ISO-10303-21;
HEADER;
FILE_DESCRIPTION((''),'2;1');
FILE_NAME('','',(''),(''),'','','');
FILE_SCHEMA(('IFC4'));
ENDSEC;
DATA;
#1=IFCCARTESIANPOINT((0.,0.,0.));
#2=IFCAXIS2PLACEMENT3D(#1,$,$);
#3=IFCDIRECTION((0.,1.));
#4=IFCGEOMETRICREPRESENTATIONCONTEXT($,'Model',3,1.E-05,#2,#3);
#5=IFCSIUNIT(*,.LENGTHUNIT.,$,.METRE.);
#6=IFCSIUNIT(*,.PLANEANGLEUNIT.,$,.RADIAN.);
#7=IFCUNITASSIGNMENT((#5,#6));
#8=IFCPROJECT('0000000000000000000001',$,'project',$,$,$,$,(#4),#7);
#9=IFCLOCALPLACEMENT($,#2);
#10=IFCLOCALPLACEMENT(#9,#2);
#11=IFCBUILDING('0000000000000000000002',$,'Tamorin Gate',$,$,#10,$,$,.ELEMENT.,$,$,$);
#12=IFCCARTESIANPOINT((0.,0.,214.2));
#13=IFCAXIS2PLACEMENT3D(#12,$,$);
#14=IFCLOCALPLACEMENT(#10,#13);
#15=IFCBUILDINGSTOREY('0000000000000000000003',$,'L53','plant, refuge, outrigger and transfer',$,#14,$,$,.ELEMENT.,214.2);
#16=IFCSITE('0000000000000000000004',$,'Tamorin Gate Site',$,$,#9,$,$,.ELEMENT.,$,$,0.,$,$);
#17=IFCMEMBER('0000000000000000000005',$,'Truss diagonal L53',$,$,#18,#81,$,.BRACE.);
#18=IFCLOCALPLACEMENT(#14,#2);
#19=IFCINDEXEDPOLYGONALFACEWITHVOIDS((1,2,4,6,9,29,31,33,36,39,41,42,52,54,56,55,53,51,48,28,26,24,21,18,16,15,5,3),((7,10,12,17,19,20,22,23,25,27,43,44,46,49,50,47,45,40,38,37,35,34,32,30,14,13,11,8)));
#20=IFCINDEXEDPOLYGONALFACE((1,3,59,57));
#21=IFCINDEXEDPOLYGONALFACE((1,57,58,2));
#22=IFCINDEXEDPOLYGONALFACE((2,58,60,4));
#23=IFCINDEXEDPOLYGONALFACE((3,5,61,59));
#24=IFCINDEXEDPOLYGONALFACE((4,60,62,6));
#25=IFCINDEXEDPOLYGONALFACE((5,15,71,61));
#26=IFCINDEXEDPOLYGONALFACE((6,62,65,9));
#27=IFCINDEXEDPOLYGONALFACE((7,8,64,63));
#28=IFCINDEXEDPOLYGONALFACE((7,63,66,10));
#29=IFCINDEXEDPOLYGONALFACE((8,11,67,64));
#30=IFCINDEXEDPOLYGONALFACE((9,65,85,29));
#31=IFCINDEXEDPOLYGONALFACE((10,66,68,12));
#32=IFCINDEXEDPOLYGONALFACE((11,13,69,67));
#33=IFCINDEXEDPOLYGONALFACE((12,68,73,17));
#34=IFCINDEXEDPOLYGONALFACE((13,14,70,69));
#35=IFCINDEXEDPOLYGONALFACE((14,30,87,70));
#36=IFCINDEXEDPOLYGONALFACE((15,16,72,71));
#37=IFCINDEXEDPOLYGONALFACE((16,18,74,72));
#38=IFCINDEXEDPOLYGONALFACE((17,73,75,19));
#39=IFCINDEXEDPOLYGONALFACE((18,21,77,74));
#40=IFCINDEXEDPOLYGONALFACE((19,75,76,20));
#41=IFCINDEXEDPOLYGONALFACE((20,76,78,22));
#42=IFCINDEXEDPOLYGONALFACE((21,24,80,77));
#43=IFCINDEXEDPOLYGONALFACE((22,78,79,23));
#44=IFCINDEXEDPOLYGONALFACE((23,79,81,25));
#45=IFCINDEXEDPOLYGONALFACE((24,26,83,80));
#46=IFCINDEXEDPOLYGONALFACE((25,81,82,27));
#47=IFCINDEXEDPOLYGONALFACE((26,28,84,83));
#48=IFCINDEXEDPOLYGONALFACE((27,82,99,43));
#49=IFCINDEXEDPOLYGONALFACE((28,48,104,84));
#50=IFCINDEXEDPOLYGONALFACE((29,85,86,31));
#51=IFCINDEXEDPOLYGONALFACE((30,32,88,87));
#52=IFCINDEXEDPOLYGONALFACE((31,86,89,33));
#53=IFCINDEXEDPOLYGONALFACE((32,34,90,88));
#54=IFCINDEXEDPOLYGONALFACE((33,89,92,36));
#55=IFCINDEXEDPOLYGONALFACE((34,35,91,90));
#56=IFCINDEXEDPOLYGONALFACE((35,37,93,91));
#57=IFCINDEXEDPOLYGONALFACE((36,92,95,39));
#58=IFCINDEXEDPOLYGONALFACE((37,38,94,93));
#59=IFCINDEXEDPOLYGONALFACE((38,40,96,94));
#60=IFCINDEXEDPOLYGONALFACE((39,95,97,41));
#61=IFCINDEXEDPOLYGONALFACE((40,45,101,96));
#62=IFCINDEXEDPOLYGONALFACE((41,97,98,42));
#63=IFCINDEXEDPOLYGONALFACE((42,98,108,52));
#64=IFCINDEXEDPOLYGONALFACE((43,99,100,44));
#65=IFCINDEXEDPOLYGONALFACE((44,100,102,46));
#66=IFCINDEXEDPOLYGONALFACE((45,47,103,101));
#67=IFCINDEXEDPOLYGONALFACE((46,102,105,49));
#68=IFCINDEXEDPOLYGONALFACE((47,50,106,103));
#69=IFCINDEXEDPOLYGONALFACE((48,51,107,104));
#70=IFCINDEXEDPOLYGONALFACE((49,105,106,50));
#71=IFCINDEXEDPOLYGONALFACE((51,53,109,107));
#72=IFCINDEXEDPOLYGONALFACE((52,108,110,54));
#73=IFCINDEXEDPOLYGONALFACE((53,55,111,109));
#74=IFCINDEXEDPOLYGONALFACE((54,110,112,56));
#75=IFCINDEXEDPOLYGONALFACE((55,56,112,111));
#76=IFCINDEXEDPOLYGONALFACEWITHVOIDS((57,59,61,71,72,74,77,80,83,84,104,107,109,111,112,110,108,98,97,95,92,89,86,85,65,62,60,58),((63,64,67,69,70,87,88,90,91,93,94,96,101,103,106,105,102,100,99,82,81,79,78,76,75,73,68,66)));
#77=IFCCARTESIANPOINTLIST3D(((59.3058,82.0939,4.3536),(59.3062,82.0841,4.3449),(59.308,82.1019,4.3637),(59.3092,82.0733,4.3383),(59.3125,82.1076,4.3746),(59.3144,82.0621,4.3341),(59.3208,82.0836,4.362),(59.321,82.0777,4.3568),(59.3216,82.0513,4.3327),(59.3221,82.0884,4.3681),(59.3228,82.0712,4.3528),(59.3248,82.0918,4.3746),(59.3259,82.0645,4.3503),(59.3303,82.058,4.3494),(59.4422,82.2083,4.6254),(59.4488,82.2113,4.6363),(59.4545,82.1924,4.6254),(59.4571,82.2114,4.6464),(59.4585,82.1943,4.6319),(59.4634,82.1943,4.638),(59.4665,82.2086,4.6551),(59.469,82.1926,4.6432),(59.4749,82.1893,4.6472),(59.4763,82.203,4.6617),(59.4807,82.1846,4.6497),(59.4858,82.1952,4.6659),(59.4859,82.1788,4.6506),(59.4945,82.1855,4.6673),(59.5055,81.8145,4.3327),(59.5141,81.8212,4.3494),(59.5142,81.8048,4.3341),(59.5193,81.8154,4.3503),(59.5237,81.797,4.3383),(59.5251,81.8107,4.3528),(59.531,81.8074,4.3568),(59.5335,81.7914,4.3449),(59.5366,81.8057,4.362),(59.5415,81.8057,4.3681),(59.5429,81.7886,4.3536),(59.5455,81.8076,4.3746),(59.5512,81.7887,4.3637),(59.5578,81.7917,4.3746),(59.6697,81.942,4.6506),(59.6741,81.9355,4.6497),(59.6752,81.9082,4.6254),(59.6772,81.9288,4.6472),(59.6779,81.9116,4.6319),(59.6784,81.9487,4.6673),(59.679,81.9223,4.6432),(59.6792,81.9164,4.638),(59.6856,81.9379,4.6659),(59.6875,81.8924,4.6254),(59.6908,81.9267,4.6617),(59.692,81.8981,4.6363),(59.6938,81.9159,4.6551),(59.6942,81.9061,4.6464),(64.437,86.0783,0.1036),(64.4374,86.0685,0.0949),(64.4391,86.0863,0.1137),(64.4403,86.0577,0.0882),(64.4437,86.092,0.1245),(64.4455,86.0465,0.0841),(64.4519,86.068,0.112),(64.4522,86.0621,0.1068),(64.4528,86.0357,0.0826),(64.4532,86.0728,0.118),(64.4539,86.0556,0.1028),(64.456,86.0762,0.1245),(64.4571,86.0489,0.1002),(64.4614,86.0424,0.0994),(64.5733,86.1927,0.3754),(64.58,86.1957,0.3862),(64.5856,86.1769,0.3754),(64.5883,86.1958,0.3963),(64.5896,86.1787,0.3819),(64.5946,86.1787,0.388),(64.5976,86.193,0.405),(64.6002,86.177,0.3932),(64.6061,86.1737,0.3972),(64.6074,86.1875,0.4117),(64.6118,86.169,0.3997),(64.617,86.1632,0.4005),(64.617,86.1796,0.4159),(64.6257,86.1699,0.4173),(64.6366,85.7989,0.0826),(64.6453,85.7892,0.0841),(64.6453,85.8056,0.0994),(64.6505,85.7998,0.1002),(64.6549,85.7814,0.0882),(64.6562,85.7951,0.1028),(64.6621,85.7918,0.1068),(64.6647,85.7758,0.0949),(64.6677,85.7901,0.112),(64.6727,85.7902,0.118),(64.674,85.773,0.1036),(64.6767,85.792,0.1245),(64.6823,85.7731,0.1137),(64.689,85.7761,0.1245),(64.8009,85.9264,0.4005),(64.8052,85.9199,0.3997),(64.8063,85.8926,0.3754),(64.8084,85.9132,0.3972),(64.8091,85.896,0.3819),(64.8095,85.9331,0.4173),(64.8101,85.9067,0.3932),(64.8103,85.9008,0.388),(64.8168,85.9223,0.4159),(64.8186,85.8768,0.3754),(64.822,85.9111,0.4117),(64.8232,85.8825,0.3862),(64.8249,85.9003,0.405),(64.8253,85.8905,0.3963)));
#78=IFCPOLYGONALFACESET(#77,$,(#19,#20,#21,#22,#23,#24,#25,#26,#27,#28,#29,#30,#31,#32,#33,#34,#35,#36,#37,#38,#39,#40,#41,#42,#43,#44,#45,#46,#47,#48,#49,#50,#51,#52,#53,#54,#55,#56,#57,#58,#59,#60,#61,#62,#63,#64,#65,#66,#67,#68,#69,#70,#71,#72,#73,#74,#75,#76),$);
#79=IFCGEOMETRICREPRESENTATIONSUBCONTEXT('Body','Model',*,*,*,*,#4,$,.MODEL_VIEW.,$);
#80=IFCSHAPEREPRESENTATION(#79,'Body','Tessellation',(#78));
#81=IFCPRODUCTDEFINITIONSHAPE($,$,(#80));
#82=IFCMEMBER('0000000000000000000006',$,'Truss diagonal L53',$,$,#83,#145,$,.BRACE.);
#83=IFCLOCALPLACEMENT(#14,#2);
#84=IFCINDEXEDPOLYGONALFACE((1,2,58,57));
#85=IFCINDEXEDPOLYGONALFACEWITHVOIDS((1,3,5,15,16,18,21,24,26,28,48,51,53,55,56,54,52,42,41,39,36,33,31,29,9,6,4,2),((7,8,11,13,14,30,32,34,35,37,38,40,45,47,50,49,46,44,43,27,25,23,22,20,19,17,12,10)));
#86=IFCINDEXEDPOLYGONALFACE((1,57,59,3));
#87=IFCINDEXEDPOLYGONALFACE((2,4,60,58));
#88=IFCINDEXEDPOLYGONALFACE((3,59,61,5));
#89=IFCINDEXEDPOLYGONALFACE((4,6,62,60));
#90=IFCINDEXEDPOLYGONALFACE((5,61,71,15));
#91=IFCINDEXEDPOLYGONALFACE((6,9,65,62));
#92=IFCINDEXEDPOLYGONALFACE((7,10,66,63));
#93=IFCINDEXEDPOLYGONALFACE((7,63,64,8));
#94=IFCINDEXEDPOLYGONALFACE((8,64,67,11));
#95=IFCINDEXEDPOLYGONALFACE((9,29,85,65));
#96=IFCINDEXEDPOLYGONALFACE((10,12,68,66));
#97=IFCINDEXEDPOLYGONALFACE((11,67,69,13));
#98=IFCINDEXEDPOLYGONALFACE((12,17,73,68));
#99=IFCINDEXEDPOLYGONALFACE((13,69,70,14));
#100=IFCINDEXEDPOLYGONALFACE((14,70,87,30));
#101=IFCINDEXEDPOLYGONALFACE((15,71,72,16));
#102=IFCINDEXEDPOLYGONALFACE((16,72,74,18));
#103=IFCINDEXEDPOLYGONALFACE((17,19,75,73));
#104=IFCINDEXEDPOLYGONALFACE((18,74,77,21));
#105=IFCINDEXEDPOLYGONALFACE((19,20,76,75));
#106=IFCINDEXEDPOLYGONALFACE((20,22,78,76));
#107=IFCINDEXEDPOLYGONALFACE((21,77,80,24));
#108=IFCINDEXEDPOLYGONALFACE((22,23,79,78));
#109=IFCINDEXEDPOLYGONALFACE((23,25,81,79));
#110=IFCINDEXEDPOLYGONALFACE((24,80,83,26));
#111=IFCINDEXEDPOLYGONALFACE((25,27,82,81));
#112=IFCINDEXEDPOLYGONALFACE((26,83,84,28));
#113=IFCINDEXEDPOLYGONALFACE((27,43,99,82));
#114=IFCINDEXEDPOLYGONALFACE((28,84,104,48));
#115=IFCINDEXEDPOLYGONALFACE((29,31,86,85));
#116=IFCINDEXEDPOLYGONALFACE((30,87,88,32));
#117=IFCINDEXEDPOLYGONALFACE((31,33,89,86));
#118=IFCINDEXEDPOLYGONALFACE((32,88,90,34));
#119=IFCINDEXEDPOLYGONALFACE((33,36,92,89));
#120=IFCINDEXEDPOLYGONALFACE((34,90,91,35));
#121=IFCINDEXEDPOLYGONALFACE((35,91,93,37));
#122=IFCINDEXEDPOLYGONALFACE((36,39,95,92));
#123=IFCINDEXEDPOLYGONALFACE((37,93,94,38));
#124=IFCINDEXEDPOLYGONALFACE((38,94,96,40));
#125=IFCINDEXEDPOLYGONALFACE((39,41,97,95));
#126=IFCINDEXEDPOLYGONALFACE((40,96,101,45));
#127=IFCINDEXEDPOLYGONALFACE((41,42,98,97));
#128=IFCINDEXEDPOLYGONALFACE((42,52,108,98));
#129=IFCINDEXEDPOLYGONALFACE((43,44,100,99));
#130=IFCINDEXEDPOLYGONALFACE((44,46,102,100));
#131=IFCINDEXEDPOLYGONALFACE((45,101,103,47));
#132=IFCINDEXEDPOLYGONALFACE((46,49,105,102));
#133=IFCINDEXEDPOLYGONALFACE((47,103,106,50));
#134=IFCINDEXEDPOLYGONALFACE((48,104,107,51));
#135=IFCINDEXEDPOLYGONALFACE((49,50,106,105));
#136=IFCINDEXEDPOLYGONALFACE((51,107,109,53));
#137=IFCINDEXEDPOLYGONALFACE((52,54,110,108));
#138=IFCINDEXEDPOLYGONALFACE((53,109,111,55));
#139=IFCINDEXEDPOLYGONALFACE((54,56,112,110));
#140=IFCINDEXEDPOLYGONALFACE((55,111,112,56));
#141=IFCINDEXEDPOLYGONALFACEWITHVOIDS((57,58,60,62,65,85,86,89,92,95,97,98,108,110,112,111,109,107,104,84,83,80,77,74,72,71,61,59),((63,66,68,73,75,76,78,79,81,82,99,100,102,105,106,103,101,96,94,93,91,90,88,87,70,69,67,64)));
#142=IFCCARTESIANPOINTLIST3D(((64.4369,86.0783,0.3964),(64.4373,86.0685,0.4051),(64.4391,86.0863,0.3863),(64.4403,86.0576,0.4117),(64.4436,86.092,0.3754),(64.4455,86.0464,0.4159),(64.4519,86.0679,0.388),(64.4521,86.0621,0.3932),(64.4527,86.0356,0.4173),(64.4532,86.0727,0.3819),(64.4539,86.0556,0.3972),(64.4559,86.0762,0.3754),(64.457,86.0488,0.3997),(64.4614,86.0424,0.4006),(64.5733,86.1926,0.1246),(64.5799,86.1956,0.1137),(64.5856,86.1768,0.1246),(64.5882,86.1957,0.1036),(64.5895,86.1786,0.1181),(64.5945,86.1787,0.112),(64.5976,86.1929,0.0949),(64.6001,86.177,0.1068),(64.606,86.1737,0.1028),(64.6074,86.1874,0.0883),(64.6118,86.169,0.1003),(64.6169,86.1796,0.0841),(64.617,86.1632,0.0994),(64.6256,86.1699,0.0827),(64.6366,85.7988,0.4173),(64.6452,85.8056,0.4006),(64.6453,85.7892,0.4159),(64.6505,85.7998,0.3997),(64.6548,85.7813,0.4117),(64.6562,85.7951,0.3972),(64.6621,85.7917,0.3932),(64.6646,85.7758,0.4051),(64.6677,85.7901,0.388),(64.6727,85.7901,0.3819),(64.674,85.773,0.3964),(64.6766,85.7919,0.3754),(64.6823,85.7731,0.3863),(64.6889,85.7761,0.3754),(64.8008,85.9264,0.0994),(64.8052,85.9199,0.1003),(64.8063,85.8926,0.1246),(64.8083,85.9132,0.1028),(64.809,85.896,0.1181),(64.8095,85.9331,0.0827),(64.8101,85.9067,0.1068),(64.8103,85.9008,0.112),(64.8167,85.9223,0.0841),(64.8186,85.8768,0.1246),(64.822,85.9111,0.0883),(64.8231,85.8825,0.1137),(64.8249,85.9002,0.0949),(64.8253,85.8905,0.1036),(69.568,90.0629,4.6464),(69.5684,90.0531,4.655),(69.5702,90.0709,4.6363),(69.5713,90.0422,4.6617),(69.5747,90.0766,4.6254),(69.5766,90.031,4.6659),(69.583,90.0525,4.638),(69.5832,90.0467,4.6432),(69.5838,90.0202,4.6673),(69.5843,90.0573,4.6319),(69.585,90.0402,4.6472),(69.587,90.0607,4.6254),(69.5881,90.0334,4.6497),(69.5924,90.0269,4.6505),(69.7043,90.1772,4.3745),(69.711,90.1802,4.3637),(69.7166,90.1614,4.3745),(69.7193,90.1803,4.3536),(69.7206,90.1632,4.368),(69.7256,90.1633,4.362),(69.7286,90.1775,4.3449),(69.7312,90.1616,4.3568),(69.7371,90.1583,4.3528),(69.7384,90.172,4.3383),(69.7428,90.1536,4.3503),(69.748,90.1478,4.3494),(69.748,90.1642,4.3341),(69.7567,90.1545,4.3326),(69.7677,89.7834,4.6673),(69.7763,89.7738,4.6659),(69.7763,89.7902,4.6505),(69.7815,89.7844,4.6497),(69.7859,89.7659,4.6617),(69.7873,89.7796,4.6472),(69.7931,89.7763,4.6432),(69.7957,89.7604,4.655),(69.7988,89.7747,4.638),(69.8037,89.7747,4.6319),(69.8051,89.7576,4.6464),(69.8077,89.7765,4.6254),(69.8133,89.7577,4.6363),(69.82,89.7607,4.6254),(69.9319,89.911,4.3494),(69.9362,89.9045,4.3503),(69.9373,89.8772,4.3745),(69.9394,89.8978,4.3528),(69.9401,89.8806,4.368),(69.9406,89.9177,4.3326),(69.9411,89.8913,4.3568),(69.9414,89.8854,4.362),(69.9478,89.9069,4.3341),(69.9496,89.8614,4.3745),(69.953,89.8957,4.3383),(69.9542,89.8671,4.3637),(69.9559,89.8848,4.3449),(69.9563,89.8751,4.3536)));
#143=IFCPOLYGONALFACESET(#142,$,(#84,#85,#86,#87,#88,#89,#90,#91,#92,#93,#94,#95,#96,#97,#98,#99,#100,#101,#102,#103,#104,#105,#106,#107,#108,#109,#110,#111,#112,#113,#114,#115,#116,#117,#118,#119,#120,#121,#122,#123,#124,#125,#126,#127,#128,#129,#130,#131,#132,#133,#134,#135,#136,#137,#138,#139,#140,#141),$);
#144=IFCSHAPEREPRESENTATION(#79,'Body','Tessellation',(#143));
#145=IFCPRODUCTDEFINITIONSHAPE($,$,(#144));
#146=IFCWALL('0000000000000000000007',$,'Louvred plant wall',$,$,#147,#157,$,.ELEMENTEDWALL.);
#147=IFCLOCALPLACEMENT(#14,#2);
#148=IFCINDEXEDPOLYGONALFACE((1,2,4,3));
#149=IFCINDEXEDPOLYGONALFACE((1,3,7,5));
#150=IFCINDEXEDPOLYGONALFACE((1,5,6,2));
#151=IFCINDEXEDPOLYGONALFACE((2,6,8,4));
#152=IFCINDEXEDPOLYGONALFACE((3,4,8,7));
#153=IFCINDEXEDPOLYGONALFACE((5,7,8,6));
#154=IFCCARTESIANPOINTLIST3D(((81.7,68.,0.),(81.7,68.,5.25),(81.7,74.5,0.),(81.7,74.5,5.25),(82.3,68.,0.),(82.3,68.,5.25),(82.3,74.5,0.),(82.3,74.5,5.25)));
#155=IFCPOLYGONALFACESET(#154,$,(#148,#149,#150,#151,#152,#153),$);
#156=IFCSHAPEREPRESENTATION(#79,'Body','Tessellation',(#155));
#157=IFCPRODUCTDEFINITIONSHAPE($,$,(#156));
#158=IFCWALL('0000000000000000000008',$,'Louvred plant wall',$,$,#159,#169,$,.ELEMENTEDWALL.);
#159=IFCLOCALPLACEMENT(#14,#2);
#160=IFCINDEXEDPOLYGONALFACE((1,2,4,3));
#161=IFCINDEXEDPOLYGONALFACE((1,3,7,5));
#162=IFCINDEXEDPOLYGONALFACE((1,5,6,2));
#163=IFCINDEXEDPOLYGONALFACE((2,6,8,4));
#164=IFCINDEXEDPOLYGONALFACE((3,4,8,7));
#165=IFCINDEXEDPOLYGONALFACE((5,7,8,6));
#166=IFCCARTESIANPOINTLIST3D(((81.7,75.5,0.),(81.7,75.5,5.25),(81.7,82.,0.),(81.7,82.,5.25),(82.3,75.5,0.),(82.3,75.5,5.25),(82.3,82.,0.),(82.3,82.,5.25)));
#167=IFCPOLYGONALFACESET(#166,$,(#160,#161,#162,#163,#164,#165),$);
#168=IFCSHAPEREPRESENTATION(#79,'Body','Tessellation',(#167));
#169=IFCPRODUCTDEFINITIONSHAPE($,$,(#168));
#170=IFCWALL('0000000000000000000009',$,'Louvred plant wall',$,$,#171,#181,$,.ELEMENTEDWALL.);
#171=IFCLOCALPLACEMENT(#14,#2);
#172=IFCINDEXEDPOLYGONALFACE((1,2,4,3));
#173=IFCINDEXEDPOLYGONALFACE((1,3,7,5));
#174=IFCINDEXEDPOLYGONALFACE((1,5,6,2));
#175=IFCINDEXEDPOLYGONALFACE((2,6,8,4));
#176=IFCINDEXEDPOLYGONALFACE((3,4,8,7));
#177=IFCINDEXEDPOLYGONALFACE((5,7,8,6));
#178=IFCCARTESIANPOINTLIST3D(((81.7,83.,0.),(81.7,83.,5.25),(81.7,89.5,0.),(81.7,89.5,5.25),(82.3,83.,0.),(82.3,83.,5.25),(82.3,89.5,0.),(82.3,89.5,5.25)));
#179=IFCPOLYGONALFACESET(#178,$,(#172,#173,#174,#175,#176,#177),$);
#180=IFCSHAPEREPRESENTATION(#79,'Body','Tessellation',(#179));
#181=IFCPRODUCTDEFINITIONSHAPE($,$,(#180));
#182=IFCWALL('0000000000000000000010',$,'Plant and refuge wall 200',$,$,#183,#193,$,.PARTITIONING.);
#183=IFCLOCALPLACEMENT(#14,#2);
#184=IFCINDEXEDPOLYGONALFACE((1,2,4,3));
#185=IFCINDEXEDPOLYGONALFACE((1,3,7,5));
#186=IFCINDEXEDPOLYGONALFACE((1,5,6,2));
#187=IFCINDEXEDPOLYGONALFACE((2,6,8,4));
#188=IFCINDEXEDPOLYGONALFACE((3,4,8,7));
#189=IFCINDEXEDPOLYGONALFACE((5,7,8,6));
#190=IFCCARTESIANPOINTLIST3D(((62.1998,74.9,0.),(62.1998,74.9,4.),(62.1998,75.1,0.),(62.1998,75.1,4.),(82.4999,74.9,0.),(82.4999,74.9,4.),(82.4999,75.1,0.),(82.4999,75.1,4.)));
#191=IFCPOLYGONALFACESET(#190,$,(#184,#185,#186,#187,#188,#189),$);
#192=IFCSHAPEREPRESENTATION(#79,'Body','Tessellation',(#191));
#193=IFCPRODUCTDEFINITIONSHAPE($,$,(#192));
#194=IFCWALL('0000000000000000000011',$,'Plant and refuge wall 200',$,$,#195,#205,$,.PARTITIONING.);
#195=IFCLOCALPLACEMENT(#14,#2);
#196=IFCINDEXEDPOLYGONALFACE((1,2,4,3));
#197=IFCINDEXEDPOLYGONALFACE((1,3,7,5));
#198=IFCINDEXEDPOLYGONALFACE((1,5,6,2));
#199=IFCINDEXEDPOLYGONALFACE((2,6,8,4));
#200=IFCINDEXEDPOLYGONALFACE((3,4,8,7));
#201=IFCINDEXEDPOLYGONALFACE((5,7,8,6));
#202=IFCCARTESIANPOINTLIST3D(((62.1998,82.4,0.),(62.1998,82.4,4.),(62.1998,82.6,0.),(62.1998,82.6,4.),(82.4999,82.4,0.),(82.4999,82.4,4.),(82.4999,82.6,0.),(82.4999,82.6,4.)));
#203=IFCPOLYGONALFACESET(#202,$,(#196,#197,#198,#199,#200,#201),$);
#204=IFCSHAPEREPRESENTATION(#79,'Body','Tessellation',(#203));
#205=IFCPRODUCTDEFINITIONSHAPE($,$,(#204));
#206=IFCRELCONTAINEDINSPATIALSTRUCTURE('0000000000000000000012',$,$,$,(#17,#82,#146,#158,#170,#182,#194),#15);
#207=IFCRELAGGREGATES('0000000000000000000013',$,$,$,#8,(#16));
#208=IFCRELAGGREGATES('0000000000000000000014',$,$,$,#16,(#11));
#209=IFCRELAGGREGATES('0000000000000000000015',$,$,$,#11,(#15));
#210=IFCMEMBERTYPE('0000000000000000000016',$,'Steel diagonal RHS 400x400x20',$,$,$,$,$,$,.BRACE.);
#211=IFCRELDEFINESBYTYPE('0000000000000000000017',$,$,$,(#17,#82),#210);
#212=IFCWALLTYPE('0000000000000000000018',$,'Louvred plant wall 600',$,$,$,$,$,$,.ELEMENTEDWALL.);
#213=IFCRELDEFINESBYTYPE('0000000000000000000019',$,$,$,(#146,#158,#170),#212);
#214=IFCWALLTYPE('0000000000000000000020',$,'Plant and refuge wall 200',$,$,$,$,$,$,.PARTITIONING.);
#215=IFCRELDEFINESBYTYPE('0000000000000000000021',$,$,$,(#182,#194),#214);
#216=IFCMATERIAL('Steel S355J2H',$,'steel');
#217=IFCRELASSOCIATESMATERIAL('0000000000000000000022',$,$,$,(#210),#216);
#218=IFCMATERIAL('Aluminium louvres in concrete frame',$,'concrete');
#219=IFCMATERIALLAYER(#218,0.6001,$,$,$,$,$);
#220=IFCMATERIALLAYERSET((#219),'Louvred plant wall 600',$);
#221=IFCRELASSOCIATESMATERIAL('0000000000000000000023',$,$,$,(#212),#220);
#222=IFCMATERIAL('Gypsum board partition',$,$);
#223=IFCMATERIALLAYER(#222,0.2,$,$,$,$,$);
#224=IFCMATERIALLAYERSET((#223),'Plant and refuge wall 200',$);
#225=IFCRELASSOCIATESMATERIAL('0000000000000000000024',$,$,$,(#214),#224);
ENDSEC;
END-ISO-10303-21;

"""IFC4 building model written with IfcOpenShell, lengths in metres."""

from ifc_helpers import new_model, si_unit, direction, frame, frame_2d, origin, origin_2d, place, context, subcontext, project, spatial, rectangle, hollow_rectangle, extrude, material, layer, layer_set, material_profile, profile_set, type_object, element, save


model = new_model("IFC4")

# Units and contexts
model_context = context("Model", 3, precision=1e-05, world=origin(), true_north=direction((0.0, 1.0)))
body_context = subcontext(model_context, "Body", "Model", "MODEL_VIEW")
ifc_project = project(units=[si_unit("LENGTHUNIT", "METRE"), si_unit("PLANEANGLEUNIT", "RADIAN")], contexts=[model_context])

# Site, building, storey
site_placement = place(None, origin())
site = spatial("IfcSite", under=ifc_project, at=site_placement, Name="Tamorin Gate Site", CompositionType="ELEMENT", RefElevation=0.0)
building_placement = place(site_placement, origin())
building = spatial("IfcBuilding", under=site, at=building_placement, Name="Tamorin Gate", CompositionType="ELEMENT")
storey_placement = place(building_placement, frame((0.0, 0.0, 214.2)))
storey = spatial("IfcBuildingStorey", under=building, at=storey_placement, Name="L53", Description="plant, refuge, outrigger and transfer", CompositionType="ELEMENT", Elevation=214.2)

# Members
ifc_material_1 = material(Name="Steel S355J2H", Category="steel")
ifc_material_profile_1 = material_profile(ifc_material_1, hollow_rectangle(XDim=0.3999, YDim=0.3999, WallThickness=0.02, InnerFilletRadius=0.03, OuterFilletRadius=0.05, at=origin_2d()), Name="RHS 400x400x20")
ifc_profile_set_1 = profile_set([ifc_material_profile_1], Name="Steel S355J2H")
member_type_1 = type_object("IfcMemberType", Name="Steel diagonal RHS 400x400x20", PredefinedType="BRACE", material=ifc_profile_set_1)
for number, where, z_axis, x_axis, name in (
    (1, (59.5, 82.0, 4.5), (0.660959, 0.513244, -0.547461), (-0.613319, 0.789836, 0.0), "Truss diagonal L53"),
    (2, (64.6311, 85.9844, 0.25), (0.660949, 0.513267, 0.547452), (-0.613342, 0.789817, 0.0), "Truss diagonal L53"),
):
    element("IfcMember", number, at=place(storey_placement, frame(where, z_axis=z_axis, x_axis=x_axis)), inside=storey, type_object=member_type_1, Name=name, PredefinedType="BRACE", context=body_context, shape_type="SweptSolid", body=[
        extrude(hollow_rectangle(XDim=0.3999, YDim=0.3999, WallThickness=0.02, InnerFilletRadius=0.03, OuterFilletRadius=0.05, at=origin_2d()), origin(), (0.0, 0.0, 1.0), 7.7632),
    ])

# Walls
ifc_material_2 = material(Name="Aluminium louvres in concrete frame", Category="concrete")
ifc_layer_1 = layer(ifc_material_2, 0.6001)
ifc_layer_set_1 = layer_set([ifc_layer_1], Name="Louvred plant wall 600")
wall_type_1 = type_object("IfcWallType", Name="Louvred plant wall 600", PredefinedType="ELEMENTEDWALL", material=ifc_layer_set_1)
for number, where, z_axis, x_axis, name in (
    (3, (82.0, 68.0, 0.0), (0.0, 0.0, 1.0), (0.0, 1.0, 0.0), "Louvred plant wall"),
    (4, (82.0, 75.5, 0.0), (0.0, 0.0, 1.0), (0.0, 1.0, 0.0), "Louvred plant wall"),
    (5, (82.0, 83.0, 0.0), (0.0, 0.0, 1.0), (0.0, 1.0, 0.0), "Louvred plant wall"),
):
    element("IfcWall", number, at=place(storey_placement, frame(where, z_axis=z_axis, x_axis=x_axis)), inside=storey, type_object=wall_type_1, Name=name, PredefinedType="ELEMENTEDWALL", context=body_context, shape_type="SweptSolid", body=[
        extrude(rectangle(XDim=6.5, YDim=0.6001, at=frame_2d((3.25, 0.0))), origin(), (0.0, 0.0, 1.0), 5.25),
    ])
ifc_material_3 = material(Name="Gypsum board partition")
ifc_layer_2 = layer(ifc_material_3, 0.2)
ifc_layer_set_2 = layer_set([ifc_layer_2], Name="Plant and refuge wall 200")
wall_type_2 = type_object("IfcWallType", Name="Plant and refuge wall 200", PredefinedType="PARTITIONING", material=ifc_layer_set_2)
for number, where, z_axis, x_axis, name in (
    (6, (62.2, 75.0, 0.0), (0.0, 0.0, 1.0), (1.0, 0.0, 0.0), "Plant and refuge wall 200"),
    (7, (62.2, 82.5, 0.0), (0.0, 0.0, 1.0), (1.0, 0.0, 0.0), "Plant and refuge wall 200"),
):
    element("IfcWall", number, at=place(storey_placement, frame(where, z_axis=z_axis, x_axis=x_axis)), inside=storey, type_object=wall_type_2, Name=name, PredefinedType="PARTITIONING", context=body_context, shape_type="SweptSolid", body=[
        extrude(rectangle(XDim=20.3, YDim=0.2, at=frame_2d((10.1499, 0.0))), origin(), (0.0, 0.0, 1.0), 4.0),
    ])

save(model, "model.ifc")
